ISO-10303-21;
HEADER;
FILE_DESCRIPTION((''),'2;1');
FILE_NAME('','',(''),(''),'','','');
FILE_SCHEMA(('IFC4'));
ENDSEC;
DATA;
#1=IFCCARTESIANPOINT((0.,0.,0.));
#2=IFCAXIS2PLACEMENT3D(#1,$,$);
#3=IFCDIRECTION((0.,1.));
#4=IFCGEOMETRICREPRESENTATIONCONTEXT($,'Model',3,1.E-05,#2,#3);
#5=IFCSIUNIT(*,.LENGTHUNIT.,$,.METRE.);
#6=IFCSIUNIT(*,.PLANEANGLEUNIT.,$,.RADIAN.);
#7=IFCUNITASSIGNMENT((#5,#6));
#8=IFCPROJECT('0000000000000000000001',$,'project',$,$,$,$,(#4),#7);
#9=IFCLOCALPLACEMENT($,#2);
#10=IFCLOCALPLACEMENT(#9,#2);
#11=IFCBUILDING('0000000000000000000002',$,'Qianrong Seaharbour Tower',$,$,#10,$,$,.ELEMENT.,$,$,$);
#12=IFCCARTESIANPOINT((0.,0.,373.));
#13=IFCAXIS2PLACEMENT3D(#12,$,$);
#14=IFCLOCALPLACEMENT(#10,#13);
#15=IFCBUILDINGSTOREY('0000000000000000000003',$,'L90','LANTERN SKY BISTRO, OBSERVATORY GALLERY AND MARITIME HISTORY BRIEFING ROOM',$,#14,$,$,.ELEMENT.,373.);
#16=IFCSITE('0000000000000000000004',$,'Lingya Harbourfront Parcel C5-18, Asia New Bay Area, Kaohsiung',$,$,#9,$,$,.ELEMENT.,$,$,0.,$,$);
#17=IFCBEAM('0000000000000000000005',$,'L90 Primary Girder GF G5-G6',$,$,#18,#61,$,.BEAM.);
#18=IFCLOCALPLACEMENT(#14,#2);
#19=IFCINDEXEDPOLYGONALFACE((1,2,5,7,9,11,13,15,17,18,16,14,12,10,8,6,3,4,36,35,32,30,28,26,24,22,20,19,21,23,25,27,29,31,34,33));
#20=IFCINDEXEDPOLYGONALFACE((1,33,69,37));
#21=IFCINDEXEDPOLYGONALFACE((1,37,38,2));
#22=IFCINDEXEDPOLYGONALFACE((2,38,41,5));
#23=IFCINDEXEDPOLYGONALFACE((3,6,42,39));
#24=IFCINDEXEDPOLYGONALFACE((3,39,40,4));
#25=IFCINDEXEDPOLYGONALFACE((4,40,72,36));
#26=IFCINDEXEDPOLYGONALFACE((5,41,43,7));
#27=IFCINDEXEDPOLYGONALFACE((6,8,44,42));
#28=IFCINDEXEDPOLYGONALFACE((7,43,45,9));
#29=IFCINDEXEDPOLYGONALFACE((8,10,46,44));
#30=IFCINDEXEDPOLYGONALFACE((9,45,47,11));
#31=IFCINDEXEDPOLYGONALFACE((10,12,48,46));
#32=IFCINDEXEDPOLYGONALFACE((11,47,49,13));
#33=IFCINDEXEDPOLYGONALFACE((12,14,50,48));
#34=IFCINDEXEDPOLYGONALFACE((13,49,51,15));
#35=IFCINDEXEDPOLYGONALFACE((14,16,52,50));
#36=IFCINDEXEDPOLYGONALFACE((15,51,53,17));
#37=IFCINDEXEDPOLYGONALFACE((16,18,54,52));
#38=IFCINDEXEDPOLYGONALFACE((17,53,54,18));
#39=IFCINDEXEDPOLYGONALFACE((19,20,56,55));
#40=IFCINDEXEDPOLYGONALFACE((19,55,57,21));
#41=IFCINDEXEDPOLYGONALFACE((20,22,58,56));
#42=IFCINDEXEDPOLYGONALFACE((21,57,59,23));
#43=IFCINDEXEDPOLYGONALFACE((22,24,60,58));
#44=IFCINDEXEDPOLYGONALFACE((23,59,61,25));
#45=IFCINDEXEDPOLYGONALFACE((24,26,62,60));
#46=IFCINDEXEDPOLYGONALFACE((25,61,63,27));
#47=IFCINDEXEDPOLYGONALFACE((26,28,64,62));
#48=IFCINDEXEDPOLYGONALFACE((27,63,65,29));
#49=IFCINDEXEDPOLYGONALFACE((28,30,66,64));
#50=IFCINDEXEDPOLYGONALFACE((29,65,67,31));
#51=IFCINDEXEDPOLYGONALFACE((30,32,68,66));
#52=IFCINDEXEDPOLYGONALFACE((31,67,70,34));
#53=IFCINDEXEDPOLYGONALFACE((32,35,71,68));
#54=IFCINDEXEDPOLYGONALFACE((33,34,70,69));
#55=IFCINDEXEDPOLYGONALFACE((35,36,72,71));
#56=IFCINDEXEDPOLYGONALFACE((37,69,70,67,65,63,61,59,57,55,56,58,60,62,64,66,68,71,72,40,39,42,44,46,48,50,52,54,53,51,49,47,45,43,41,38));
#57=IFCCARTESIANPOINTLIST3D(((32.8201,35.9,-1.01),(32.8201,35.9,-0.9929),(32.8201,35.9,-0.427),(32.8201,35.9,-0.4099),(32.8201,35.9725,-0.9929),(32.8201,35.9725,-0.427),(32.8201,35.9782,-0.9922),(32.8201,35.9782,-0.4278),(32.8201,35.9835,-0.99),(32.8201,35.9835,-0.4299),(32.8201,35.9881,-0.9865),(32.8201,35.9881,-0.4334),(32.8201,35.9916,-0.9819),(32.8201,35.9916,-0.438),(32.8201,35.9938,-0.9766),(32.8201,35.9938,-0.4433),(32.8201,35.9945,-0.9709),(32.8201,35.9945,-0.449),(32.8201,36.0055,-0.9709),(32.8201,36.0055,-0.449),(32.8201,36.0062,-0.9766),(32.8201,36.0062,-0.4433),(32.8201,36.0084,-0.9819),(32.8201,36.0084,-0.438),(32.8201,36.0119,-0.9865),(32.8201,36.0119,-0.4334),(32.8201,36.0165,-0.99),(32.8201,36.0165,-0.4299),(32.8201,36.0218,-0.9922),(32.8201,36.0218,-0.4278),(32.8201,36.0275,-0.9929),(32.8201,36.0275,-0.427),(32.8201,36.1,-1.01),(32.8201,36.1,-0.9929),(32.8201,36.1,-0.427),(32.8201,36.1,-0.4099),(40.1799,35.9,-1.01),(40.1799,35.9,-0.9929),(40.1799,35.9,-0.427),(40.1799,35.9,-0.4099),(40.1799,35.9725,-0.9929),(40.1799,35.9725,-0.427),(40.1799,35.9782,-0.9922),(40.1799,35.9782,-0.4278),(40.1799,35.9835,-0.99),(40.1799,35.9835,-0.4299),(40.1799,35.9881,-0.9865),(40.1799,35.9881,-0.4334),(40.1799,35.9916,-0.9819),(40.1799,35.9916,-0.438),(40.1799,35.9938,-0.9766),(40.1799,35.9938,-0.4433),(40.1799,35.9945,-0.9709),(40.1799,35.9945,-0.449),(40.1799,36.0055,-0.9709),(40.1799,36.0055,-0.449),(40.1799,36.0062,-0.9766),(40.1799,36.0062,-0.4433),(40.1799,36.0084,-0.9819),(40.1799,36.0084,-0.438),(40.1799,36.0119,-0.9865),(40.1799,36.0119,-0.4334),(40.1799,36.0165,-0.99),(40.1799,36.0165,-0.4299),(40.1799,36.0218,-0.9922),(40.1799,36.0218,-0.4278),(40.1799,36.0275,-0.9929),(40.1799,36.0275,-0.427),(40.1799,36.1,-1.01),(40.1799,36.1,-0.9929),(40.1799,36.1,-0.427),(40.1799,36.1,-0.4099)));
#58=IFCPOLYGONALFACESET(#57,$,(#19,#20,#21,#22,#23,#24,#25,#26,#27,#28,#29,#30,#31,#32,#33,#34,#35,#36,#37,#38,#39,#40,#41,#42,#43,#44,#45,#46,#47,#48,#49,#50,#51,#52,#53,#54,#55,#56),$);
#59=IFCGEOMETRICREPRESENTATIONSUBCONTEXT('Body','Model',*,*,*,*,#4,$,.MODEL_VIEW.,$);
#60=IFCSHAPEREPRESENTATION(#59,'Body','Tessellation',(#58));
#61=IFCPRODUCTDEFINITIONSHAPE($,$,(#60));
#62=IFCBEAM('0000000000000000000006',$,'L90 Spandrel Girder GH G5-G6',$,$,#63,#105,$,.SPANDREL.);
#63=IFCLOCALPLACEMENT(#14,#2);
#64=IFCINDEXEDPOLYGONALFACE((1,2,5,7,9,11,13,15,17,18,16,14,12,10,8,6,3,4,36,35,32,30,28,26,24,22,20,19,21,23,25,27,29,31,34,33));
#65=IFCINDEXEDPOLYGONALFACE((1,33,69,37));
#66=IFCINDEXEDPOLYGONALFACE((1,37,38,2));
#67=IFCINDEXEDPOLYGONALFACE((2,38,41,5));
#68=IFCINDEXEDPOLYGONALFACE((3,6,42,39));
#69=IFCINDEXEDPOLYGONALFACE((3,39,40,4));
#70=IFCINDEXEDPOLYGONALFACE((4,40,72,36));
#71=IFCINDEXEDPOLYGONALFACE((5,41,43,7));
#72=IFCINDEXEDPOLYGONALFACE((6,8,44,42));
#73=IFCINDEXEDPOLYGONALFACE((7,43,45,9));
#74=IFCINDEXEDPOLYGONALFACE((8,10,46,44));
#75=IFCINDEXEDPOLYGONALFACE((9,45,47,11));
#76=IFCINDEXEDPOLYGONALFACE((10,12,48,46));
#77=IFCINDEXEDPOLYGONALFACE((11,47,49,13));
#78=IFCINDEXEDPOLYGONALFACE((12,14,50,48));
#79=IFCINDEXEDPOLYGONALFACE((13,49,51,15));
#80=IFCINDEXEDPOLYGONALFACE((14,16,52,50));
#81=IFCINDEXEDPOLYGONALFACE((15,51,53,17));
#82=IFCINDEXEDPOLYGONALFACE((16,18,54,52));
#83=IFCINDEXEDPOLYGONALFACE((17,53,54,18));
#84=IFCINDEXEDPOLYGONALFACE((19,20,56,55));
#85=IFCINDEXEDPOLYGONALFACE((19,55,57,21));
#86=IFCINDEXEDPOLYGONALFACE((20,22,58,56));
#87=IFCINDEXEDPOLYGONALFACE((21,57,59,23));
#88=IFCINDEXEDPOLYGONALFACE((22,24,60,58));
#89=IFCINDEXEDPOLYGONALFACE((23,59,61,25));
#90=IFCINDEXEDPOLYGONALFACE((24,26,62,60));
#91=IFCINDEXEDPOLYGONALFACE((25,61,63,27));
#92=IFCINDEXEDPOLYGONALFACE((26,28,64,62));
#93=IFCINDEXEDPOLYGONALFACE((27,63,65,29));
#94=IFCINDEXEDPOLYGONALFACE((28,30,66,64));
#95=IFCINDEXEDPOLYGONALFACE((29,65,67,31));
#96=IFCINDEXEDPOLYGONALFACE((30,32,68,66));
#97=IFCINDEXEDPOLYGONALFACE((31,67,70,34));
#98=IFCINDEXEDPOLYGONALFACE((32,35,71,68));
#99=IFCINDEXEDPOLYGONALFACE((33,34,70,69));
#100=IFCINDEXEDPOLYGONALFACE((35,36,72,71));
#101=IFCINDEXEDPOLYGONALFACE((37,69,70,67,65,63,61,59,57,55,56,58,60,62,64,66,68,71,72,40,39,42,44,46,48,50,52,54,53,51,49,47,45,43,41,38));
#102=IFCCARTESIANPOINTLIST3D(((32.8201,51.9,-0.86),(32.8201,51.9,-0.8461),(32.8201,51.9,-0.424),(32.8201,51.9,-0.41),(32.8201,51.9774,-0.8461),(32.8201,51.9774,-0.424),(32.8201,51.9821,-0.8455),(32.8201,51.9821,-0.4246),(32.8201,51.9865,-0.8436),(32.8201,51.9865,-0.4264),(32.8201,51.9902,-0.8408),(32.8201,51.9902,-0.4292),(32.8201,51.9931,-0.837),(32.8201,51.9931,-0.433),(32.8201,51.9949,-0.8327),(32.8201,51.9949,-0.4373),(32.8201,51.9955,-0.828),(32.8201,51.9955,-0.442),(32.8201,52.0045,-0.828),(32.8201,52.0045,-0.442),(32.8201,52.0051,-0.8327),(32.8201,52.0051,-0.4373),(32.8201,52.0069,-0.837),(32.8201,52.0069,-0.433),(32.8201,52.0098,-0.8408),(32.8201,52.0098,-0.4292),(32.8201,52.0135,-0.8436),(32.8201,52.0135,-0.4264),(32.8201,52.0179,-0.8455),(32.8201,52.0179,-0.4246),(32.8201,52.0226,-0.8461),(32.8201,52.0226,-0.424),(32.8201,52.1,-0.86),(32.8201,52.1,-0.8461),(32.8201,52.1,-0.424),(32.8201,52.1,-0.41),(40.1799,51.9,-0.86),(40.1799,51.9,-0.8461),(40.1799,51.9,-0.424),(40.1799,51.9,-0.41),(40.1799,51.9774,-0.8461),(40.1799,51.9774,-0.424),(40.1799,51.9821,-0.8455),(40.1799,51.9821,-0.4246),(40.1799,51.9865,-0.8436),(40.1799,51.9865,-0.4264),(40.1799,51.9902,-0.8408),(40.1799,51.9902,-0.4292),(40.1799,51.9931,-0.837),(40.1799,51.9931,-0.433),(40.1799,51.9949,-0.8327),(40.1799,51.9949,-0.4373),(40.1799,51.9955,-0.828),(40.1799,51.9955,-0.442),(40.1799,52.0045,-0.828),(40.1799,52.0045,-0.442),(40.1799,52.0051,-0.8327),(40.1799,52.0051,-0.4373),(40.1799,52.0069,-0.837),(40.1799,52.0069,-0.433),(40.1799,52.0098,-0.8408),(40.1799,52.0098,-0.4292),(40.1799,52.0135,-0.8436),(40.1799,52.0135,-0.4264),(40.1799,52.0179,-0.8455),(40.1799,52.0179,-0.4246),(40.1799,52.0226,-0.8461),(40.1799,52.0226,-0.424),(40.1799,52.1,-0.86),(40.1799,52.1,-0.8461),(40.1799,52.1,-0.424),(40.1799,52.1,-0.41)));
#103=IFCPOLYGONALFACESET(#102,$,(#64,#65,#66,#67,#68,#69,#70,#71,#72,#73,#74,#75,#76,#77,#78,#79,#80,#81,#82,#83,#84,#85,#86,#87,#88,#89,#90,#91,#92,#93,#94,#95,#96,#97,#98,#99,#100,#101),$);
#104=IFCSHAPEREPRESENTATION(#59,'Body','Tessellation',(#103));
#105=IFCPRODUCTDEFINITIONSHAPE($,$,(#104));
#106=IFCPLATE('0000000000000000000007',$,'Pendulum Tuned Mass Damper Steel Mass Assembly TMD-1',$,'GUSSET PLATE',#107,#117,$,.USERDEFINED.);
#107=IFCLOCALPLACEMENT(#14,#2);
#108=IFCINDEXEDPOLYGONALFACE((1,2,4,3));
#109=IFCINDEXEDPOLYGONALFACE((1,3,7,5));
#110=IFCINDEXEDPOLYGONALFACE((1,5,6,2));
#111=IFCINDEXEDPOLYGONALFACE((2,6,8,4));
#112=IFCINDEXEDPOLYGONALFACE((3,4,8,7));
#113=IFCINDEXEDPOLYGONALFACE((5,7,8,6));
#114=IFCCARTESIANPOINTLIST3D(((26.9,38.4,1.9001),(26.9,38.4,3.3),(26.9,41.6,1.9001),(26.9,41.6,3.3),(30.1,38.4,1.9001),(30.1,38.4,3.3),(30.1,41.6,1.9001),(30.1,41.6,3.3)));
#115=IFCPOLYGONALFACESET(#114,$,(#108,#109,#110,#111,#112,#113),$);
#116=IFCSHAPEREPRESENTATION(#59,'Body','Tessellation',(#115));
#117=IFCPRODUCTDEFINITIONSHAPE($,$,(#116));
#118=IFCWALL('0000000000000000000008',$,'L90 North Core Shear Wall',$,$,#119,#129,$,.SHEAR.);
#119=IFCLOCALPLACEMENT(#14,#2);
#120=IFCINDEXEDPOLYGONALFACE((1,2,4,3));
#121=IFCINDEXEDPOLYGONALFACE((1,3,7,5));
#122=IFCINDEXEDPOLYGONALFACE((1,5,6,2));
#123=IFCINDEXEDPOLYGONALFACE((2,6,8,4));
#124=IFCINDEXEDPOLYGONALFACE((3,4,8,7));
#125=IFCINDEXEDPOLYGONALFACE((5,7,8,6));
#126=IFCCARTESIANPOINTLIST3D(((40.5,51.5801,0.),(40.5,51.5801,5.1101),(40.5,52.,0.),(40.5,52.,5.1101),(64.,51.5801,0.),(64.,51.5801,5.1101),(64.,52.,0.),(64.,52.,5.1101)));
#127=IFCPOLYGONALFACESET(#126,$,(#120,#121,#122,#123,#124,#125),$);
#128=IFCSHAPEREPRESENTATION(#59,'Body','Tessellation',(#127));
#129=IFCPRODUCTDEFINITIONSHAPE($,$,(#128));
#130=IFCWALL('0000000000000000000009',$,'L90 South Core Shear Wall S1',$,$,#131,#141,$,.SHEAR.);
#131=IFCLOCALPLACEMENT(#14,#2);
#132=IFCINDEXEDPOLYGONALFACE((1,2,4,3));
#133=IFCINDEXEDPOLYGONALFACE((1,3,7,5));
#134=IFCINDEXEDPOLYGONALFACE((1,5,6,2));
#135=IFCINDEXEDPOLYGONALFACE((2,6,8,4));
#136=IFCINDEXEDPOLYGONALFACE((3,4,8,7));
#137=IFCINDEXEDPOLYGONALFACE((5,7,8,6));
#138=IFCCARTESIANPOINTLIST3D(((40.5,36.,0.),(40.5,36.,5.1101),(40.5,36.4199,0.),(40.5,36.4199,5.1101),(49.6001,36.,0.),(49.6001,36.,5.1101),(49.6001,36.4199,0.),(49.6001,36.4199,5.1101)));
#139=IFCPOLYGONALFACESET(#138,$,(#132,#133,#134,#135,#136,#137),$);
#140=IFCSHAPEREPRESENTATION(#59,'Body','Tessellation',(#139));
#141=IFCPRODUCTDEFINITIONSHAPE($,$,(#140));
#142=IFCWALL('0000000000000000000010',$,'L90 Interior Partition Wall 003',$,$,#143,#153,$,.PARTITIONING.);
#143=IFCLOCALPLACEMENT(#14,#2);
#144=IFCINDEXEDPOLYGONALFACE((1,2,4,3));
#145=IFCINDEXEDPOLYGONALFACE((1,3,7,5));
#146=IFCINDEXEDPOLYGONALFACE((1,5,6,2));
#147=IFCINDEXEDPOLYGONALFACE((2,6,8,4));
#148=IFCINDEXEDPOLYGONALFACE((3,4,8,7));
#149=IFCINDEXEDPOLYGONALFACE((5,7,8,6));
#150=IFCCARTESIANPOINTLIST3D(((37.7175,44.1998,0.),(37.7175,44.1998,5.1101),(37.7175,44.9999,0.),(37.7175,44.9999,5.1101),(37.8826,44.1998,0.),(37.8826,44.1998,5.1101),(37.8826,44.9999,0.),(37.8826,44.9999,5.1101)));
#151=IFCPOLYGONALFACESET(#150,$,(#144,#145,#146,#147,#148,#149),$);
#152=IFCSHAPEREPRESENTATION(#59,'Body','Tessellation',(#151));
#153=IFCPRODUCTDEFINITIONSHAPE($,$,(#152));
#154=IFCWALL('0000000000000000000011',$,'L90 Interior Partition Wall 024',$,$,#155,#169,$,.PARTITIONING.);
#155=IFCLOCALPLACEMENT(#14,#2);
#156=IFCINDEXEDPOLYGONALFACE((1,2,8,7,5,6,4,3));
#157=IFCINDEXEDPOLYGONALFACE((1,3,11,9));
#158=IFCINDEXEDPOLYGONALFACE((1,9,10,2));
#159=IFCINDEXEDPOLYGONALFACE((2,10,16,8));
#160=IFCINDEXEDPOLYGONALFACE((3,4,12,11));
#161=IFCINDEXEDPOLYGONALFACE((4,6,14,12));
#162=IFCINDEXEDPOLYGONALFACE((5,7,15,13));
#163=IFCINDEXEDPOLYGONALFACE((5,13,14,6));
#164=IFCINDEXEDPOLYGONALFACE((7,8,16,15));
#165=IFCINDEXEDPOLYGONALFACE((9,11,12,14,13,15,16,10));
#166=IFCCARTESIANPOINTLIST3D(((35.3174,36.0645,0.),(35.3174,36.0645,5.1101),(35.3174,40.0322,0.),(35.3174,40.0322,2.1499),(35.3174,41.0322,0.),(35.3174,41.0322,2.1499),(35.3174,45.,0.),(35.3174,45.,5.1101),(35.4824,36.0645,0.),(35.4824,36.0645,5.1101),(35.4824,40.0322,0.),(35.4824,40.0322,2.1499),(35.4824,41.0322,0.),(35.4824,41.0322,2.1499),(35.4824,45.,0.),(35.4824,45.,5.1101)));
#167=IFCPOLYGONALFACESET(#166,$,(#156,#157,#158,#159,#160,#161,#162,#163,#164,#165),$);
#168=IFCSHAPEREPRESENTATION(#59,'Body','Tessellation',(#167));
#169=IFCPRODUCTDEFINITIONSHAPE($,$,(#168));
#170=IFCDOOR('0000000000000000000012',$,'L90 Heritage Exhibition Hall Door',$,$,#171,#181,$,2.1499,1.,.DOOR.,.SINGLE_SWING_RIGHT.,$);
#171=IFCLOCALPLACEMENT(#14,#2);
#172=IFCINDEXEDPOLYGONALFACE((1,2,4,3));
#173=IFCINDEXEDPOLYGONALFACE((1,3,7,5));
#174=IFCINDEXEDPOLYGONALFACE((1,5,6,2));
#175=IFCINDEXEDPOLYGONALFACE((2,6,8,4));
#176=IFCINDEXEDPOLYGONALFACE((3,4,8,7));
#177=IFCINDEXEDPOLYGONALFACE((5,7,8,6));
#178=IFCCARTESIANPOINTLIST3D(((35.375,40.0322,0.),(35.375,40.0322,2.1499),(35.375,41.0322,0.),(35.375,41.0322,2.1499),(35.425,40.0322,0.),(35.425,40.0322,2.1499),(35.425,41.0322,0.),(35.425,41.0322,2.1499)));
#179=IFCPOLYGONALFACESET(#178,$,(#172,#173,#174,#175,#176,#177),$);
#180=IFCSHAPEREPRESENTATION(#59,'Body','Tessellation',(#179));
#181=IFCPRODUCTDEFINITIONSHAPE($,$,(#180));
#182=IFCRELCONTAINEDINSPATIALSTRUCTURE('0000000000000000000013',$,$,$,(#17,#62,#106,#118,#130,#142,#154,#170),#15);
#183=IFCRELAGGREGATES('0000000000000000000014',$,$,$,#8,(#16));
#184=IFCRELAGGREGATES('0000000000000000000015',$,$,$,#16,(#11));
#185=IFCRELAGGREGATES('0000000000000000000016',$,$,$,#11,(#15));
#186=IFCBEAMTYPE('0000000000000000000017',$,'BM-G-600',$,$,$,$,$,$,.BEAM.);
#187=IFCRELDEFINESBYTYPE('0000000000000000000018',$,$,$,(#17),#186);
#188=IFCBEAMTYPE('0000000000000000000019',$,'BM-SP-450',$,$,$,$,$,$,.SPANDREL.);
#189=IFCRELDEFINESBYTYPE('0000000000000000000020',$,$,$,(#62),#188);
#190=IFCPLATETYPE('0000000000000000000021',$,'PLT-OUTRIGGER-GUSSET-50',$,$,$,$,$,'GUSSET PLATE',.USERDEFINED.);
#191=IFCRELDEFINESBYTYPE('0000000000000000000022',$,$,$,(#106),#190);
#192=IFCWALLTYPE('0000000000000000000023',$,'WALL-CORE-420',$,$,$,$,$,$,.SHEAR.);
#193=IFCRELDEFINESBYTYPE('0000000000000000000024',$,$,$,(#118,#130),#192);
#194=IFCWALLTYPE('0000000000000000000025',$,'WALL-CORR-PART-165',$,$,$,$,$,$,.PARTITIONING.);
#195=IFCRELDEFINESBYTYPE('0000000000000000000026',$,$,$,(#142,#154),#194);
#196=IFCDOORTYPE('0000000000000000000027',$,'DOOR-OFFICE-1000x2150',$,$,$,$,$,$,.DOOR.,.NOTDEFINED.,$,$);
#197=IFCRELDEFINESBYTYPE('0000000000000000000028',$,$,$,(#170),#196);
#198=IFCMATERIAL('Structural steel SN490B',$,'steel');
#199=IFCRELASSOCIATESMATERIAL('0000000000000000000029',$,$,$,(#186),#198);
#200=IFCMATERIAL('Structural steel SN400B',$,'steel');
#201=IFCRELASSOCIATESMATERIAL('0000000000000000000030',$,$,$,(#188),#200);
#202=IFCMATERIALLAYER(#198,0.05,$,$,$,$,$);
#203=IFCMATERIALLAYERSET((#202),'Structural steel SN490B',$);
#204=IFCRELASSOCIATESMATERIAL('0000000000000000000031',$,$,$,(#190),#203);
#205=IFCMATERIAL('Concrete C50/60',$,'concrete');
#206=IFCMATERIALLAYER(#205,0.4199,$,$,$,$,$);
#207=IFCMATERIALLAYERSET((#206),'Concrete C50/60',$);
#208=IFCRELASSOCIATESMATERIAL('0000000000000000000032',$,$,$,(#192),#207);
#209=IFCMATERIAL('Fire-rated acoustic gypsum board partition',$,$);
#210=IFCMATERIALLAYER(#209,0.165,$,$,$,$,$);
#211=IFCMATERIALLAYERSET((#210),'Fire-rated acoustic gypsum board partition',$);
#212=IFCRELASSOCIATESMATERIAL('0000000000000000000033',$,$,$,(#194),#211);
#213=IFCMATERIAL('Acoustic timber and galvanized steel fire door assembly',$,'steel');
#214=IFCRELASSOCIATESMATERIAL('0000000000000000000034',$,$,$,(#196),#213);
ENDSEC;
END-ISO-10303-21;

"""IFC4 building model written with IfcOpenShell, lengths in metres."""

from ifc_helpers import new_model, si_unit, direction, frame, frame_2d, origin, origin_2d, place, context, subcontext, project, spatial, rectangle, i_section, extrude, material, layer, layer_set, material_profile, profile_set, type_object, element, fill, save


model = new_model("IFC4")

# Units and contexts
model_context = context("Model", 3, precision=1e-05, world=origin(), true_north=direction((0.0, 1.0)))
body_context = subcontext(model_context, "Body", "Model", "MODEL_VIEW")
ifc_project = project(units=[si_unit("LENGTHUNIT", "METRE"), si_unit("PLANEANGLEUNIT", "RADIAN")], contexts=[model_context])

# Site, building, storey
site_placement = place(None, origin())
site = spatial("IfcSite", under=ifc_project, at=site_placement, Name="Lingya Harbourfront Parcel C5-18, Asia New Bay Area, Kaohsiung", CompositionType="ELEMENT", RefElevation=0.0)
building_placement = place(site_placement, origin())
building = spatial("IfcBuilding", under=site, at=building_placement, Name="Qianrong Seaharbour Tower", CompositionType="ELEMENT")
storey_placement = place(building_placement, frame((0.0, 0.0, 373.0)))
storey = spatial("IfcBuildingStorey", under=building, at=storey_placement, Name="L90", Description="LANTERN SKY BISTRO, OBSERVATORY GALLERY AND MARITIME HISTORY BRIEFING ROOM", CompositionType="ELEMENT", Elevation=373.0)

# Shared definitions
ifc_material_1 = material(Name="Structural steel SN490B", Category="steel")
ifc_material_2 = material(Name="Concrete C50/60", Category="concrete")

# Beams
ifc_material_profile_1 = material_profile(ifc_material_1, i_section(OverallWidth=0.2, OverallDepth=0.6001, WebThickness=0.011, FlangeThickness=0.0171, FilletRadius=0.022, at=origin_2d()), Name="H600x200x11x17")
ifc_profile_set_1 = profile_set([ifc_material_profile_1], Name="Structural steel SN490B")
beam_type_1 = type_object("IfcBeamType", Name="BM-G-600", PredefinedType="BEAM", material=ifc_profile_set_1)
beam_1_placement = place(storey_placement, frame((32.8201, 36.0, -0.71), z_axis=(1.0, 0.0, 0.0), x_axis=(0.0, 1.0, 0.0)))
element("IfcBeam", 1, at=beam_1_placement, inside=storey, type_object=beam_type_1, Name="L90 Primary Girder GF G5-G6", PredefinedType="BEAM", context=body_context, shape_type="SweptSolid", body=[
    extrude(i_section(OverallWidth=0.2, OverallDepth=0.6001, WebThickness=0.011, FlangeThickness=0.0171, FilletRadius=0.022, at=origin_2d()), origin(), (0.0, 0.0, 1.0), 7.3599),
])
ifc_material_3 = material(Name="Structural steel SN400B", Category="steel")
ifc_material_profile_2 = material_profile(ifc_material_3, i_section(OverallWidth=0.2, OverallDepth=0.45, WebThickness=0.009, FlangeThickness=0.0139, FilletRadius=0.0181, at=origin_2d()), Name="H450x200x9x14")
ifc_profile_set_2 = profile_set([ifc_material_profile_2], Name="Structural steel SN400B")
beam_type_2 = type_object("IfcBeamType", Name="BM-SP-450", PredefinedType="SPANDREL", material=ifc_profile_set_2)
beam_2_placement = place(storey_placement, frame((32.8201, 52.0, -0.635), z_axis=(1.0, 0.0, 0.0), x_axis=(0.0, 1.0, 0.0)))
element("IfcBeam", 2, at=beam_2_placement, inside=storey, type_object=beam_type_2, Name="L90 Spandrel Girder GH G5-G6", PredefinedType="SPANDREL", context=body_context, shape_type="SweptSolid", body=[
    extrude(i_section(OverallWidth=0.2, OverallDepth=0.45, WebThickness=0.009, FlangeThickness=0.0139, FilletRadius=0.0181, at=origin_2d()), origin(), (0.0, 0.0, 1.0), 7.3599),
])

# Plate
ifc_layer_1 = layer(ifc_material_1, 0.05)
ifc_layer_set_1 = layer_set([ifc_layer_1], Name="Structural steel SN490B")
plate_type = type_object("IfcPlateType", Name="PLT-OUTRIGGER-GUSSET-50", ElementType="GUSSET PLATE", PredefinedType="USERDEFINED", material=ifc_layer_set_1)
plate_placement = place(storey_placement, frame((28.5, 40.0, 1.9001), z_axis=(0.0, 0.0, 1.0), x_axis=(1.0, 0.0, 0.0)))
element("IfcPlate", 3, at=plate_placement, inside=storey, type_object=plate_type, Name="Pendulum Tuned Mass Damper Steel Mass Assembly TMD-1", ObjectType="GUSSET PLATE", PredefinedType="USERDEFINED", context=body_context, shape_type="SweptSolid", body=[
    extrude(rectangle(XDim=3.2, YDim=3.2, at=origin_2d()), origin(), (0.0, 0.0, 1.0), 1.3999),
])

# Walls
ifc_layer_2 = layer(ifc_material_2, 0.4199)
ifc_layer_set_2 = layer_set([ifc_layer_2], Name="Concrete C50/60")
wall_type_1 = type_object("IfcWallType", Name="WALL-CORE-420", PredefinedType="SHEAR", material=ifc_layer_set_2)
wall_1_placement = place(storey_placement, frame((40.5, 51.79, 0.0), z_axis=(0.0, 0.0, 1.0), x_axis=(1.0, 0.0, 0.0)))
element("IfcWall", 4, at=wall_1_placement, inside=storey, type_object=wall_type_1, Name="L90 North Core Shear Wall", PredefinedType="SHEAR", context=body_context, shape_type="SweptSolid", body=[
    extrude(rectangle(XDim=23.5, YDim=0.4199, at=frame_2d((11.75, 0.0))), origin(), (0.0, 0.0, 1.0), 5.1101),
])
wall_2_placement = place(storey_placement, frame((40.5, 36.21, 0.0), z_axis=(0.0, 0.0, 1.0), x_axis=(1.0, 0.0, 0.0)))
element("IfcWall", 5, at=wall_2_placement, inside=storey, type_object=wall_type_1, Name="L90 South Core Shear Wall S1", PredefinedType="SHEAR", context=body_context, shape_type="SweptSolid", body=[
    extrude(rectangle(XDim=9.1001, YDim=0.4199, at=frame_2d((4.55, 0.0))), origin(), (0.0, 0.0, 1.0), 5.1101),
])

# Shared definitions
ifc_material_4 = material(Name="Fire-rated acoustic gypsum board partition")
ifc_layer_3 = layer(ifc_material_4, 0.165)
ifc_layer_set_3 = layer_set([ifc_layer_3], Name="Fire-rated acoustic gypsum board partition")
wall_type_2 = type_object("IfcWallType", Name="WALL-CORR-PART-165", PredefinedType="PARTITIONING", material=ifc_layer_set_3)
ifc_material_5 = material(Name="Acoustic timber and galvanized steel fire door assembly", Category="steel")

# Wall
wall_3_placement = place(storey_placement, frame((37.8, 44.2, 0.0), z_axis=(0.0, 0.0, 1.0), x_axis=(0.0, 1.0, 0.0)))
element("IfcWall", 6, at=wall_3_placement, inside=storey, type_object=wall_type_2, Name="L90 Interior Partition Wall 003", PredefinedType="PARTITIONING", context=body_context, shape_type="SweptSolid", body=[
    extrude(rectangle(XDim=0.8, YDim=0.165, at=frame_2d((0.3999, 0.0))), origin(), (0.0, 0.0, 1.0), 5.1101),
])

# Wall, opening, door
wall_4_placement = place(storey_placement, frame((35.3999, 36.0645, 0.0), z_axis=(0.0, 0.0, 1.0), x_axis=(0.0, 1.0, 0.0)))
wall_4 = element("IfcWall", 7, at=wall_4_placement, inside=storey, type_object=wall_type_2, Name="L90 Interior Partition Wall 024", PredefinedType="PARTITIONING", context=body_context, shape_type="SweptSolid", body=[
    extrude(rectangle(XDim=8.9355, YDim=0.165, at=frame_2d((4.4678, 0.0))), origin(), (0.0, 0.0, 1.0), 5.1101),
])
opening_1_placement = place(wall_4_placement, frame((3.9678, 0.0, 0.0)))
opening_1 = element("IfcOpeningElement", 8, at=opening_1_placement, cuts=wall_4, PredefinedType="OPENING", context=body_context, shape_type="SweptSolid", body=[
    extrude(rectangle(XDim=1.0, YDim=2.1499, at=frame_2d((0.5, 1.075))), frame((0.0, 0.0925, 0.0), z_axis=(0.0, -1.0, 0.0), x_axis=(1.0, 0.0, 0.0)), (0.0, 0.0, 1.0), 0.1851),
])
door_type_1 = type_object("IfcDoorType", Name="DOOR-OFFICE-1000x2150", OperationType="NOTDEFINED", PredefinedType="DOOR", material=ifc_material_5)
door_1_placement = place(opening_1_placement, origin())
door_1 = element("IfcDoor", 9, at=door_1_placement, inside=storey, type_object=door_type_1, Name="L90 Heritage Exhibition Hall Door", OperationType="SINGLE_SWING_RIGHT", OverallHeight=2.1499, OverallWidth=1.0, PredefinedType="DOOR", context=body_context, shape_type="SweptSolid", body=[
    extrude(rectangle(XDim=1.0, YDim=2.1499, at=frame_2d((0.5, 1.075))), frame((0.0, 0.0249, 0.0), z_axis=(0.0, -1.0, 0.0), x_axis=(1.0, 0.0, 0.0)), (0.0, 0.0, 1.0), 0.05),
])
fill(opening_1, door_1)

save(model, "model.ifc")
